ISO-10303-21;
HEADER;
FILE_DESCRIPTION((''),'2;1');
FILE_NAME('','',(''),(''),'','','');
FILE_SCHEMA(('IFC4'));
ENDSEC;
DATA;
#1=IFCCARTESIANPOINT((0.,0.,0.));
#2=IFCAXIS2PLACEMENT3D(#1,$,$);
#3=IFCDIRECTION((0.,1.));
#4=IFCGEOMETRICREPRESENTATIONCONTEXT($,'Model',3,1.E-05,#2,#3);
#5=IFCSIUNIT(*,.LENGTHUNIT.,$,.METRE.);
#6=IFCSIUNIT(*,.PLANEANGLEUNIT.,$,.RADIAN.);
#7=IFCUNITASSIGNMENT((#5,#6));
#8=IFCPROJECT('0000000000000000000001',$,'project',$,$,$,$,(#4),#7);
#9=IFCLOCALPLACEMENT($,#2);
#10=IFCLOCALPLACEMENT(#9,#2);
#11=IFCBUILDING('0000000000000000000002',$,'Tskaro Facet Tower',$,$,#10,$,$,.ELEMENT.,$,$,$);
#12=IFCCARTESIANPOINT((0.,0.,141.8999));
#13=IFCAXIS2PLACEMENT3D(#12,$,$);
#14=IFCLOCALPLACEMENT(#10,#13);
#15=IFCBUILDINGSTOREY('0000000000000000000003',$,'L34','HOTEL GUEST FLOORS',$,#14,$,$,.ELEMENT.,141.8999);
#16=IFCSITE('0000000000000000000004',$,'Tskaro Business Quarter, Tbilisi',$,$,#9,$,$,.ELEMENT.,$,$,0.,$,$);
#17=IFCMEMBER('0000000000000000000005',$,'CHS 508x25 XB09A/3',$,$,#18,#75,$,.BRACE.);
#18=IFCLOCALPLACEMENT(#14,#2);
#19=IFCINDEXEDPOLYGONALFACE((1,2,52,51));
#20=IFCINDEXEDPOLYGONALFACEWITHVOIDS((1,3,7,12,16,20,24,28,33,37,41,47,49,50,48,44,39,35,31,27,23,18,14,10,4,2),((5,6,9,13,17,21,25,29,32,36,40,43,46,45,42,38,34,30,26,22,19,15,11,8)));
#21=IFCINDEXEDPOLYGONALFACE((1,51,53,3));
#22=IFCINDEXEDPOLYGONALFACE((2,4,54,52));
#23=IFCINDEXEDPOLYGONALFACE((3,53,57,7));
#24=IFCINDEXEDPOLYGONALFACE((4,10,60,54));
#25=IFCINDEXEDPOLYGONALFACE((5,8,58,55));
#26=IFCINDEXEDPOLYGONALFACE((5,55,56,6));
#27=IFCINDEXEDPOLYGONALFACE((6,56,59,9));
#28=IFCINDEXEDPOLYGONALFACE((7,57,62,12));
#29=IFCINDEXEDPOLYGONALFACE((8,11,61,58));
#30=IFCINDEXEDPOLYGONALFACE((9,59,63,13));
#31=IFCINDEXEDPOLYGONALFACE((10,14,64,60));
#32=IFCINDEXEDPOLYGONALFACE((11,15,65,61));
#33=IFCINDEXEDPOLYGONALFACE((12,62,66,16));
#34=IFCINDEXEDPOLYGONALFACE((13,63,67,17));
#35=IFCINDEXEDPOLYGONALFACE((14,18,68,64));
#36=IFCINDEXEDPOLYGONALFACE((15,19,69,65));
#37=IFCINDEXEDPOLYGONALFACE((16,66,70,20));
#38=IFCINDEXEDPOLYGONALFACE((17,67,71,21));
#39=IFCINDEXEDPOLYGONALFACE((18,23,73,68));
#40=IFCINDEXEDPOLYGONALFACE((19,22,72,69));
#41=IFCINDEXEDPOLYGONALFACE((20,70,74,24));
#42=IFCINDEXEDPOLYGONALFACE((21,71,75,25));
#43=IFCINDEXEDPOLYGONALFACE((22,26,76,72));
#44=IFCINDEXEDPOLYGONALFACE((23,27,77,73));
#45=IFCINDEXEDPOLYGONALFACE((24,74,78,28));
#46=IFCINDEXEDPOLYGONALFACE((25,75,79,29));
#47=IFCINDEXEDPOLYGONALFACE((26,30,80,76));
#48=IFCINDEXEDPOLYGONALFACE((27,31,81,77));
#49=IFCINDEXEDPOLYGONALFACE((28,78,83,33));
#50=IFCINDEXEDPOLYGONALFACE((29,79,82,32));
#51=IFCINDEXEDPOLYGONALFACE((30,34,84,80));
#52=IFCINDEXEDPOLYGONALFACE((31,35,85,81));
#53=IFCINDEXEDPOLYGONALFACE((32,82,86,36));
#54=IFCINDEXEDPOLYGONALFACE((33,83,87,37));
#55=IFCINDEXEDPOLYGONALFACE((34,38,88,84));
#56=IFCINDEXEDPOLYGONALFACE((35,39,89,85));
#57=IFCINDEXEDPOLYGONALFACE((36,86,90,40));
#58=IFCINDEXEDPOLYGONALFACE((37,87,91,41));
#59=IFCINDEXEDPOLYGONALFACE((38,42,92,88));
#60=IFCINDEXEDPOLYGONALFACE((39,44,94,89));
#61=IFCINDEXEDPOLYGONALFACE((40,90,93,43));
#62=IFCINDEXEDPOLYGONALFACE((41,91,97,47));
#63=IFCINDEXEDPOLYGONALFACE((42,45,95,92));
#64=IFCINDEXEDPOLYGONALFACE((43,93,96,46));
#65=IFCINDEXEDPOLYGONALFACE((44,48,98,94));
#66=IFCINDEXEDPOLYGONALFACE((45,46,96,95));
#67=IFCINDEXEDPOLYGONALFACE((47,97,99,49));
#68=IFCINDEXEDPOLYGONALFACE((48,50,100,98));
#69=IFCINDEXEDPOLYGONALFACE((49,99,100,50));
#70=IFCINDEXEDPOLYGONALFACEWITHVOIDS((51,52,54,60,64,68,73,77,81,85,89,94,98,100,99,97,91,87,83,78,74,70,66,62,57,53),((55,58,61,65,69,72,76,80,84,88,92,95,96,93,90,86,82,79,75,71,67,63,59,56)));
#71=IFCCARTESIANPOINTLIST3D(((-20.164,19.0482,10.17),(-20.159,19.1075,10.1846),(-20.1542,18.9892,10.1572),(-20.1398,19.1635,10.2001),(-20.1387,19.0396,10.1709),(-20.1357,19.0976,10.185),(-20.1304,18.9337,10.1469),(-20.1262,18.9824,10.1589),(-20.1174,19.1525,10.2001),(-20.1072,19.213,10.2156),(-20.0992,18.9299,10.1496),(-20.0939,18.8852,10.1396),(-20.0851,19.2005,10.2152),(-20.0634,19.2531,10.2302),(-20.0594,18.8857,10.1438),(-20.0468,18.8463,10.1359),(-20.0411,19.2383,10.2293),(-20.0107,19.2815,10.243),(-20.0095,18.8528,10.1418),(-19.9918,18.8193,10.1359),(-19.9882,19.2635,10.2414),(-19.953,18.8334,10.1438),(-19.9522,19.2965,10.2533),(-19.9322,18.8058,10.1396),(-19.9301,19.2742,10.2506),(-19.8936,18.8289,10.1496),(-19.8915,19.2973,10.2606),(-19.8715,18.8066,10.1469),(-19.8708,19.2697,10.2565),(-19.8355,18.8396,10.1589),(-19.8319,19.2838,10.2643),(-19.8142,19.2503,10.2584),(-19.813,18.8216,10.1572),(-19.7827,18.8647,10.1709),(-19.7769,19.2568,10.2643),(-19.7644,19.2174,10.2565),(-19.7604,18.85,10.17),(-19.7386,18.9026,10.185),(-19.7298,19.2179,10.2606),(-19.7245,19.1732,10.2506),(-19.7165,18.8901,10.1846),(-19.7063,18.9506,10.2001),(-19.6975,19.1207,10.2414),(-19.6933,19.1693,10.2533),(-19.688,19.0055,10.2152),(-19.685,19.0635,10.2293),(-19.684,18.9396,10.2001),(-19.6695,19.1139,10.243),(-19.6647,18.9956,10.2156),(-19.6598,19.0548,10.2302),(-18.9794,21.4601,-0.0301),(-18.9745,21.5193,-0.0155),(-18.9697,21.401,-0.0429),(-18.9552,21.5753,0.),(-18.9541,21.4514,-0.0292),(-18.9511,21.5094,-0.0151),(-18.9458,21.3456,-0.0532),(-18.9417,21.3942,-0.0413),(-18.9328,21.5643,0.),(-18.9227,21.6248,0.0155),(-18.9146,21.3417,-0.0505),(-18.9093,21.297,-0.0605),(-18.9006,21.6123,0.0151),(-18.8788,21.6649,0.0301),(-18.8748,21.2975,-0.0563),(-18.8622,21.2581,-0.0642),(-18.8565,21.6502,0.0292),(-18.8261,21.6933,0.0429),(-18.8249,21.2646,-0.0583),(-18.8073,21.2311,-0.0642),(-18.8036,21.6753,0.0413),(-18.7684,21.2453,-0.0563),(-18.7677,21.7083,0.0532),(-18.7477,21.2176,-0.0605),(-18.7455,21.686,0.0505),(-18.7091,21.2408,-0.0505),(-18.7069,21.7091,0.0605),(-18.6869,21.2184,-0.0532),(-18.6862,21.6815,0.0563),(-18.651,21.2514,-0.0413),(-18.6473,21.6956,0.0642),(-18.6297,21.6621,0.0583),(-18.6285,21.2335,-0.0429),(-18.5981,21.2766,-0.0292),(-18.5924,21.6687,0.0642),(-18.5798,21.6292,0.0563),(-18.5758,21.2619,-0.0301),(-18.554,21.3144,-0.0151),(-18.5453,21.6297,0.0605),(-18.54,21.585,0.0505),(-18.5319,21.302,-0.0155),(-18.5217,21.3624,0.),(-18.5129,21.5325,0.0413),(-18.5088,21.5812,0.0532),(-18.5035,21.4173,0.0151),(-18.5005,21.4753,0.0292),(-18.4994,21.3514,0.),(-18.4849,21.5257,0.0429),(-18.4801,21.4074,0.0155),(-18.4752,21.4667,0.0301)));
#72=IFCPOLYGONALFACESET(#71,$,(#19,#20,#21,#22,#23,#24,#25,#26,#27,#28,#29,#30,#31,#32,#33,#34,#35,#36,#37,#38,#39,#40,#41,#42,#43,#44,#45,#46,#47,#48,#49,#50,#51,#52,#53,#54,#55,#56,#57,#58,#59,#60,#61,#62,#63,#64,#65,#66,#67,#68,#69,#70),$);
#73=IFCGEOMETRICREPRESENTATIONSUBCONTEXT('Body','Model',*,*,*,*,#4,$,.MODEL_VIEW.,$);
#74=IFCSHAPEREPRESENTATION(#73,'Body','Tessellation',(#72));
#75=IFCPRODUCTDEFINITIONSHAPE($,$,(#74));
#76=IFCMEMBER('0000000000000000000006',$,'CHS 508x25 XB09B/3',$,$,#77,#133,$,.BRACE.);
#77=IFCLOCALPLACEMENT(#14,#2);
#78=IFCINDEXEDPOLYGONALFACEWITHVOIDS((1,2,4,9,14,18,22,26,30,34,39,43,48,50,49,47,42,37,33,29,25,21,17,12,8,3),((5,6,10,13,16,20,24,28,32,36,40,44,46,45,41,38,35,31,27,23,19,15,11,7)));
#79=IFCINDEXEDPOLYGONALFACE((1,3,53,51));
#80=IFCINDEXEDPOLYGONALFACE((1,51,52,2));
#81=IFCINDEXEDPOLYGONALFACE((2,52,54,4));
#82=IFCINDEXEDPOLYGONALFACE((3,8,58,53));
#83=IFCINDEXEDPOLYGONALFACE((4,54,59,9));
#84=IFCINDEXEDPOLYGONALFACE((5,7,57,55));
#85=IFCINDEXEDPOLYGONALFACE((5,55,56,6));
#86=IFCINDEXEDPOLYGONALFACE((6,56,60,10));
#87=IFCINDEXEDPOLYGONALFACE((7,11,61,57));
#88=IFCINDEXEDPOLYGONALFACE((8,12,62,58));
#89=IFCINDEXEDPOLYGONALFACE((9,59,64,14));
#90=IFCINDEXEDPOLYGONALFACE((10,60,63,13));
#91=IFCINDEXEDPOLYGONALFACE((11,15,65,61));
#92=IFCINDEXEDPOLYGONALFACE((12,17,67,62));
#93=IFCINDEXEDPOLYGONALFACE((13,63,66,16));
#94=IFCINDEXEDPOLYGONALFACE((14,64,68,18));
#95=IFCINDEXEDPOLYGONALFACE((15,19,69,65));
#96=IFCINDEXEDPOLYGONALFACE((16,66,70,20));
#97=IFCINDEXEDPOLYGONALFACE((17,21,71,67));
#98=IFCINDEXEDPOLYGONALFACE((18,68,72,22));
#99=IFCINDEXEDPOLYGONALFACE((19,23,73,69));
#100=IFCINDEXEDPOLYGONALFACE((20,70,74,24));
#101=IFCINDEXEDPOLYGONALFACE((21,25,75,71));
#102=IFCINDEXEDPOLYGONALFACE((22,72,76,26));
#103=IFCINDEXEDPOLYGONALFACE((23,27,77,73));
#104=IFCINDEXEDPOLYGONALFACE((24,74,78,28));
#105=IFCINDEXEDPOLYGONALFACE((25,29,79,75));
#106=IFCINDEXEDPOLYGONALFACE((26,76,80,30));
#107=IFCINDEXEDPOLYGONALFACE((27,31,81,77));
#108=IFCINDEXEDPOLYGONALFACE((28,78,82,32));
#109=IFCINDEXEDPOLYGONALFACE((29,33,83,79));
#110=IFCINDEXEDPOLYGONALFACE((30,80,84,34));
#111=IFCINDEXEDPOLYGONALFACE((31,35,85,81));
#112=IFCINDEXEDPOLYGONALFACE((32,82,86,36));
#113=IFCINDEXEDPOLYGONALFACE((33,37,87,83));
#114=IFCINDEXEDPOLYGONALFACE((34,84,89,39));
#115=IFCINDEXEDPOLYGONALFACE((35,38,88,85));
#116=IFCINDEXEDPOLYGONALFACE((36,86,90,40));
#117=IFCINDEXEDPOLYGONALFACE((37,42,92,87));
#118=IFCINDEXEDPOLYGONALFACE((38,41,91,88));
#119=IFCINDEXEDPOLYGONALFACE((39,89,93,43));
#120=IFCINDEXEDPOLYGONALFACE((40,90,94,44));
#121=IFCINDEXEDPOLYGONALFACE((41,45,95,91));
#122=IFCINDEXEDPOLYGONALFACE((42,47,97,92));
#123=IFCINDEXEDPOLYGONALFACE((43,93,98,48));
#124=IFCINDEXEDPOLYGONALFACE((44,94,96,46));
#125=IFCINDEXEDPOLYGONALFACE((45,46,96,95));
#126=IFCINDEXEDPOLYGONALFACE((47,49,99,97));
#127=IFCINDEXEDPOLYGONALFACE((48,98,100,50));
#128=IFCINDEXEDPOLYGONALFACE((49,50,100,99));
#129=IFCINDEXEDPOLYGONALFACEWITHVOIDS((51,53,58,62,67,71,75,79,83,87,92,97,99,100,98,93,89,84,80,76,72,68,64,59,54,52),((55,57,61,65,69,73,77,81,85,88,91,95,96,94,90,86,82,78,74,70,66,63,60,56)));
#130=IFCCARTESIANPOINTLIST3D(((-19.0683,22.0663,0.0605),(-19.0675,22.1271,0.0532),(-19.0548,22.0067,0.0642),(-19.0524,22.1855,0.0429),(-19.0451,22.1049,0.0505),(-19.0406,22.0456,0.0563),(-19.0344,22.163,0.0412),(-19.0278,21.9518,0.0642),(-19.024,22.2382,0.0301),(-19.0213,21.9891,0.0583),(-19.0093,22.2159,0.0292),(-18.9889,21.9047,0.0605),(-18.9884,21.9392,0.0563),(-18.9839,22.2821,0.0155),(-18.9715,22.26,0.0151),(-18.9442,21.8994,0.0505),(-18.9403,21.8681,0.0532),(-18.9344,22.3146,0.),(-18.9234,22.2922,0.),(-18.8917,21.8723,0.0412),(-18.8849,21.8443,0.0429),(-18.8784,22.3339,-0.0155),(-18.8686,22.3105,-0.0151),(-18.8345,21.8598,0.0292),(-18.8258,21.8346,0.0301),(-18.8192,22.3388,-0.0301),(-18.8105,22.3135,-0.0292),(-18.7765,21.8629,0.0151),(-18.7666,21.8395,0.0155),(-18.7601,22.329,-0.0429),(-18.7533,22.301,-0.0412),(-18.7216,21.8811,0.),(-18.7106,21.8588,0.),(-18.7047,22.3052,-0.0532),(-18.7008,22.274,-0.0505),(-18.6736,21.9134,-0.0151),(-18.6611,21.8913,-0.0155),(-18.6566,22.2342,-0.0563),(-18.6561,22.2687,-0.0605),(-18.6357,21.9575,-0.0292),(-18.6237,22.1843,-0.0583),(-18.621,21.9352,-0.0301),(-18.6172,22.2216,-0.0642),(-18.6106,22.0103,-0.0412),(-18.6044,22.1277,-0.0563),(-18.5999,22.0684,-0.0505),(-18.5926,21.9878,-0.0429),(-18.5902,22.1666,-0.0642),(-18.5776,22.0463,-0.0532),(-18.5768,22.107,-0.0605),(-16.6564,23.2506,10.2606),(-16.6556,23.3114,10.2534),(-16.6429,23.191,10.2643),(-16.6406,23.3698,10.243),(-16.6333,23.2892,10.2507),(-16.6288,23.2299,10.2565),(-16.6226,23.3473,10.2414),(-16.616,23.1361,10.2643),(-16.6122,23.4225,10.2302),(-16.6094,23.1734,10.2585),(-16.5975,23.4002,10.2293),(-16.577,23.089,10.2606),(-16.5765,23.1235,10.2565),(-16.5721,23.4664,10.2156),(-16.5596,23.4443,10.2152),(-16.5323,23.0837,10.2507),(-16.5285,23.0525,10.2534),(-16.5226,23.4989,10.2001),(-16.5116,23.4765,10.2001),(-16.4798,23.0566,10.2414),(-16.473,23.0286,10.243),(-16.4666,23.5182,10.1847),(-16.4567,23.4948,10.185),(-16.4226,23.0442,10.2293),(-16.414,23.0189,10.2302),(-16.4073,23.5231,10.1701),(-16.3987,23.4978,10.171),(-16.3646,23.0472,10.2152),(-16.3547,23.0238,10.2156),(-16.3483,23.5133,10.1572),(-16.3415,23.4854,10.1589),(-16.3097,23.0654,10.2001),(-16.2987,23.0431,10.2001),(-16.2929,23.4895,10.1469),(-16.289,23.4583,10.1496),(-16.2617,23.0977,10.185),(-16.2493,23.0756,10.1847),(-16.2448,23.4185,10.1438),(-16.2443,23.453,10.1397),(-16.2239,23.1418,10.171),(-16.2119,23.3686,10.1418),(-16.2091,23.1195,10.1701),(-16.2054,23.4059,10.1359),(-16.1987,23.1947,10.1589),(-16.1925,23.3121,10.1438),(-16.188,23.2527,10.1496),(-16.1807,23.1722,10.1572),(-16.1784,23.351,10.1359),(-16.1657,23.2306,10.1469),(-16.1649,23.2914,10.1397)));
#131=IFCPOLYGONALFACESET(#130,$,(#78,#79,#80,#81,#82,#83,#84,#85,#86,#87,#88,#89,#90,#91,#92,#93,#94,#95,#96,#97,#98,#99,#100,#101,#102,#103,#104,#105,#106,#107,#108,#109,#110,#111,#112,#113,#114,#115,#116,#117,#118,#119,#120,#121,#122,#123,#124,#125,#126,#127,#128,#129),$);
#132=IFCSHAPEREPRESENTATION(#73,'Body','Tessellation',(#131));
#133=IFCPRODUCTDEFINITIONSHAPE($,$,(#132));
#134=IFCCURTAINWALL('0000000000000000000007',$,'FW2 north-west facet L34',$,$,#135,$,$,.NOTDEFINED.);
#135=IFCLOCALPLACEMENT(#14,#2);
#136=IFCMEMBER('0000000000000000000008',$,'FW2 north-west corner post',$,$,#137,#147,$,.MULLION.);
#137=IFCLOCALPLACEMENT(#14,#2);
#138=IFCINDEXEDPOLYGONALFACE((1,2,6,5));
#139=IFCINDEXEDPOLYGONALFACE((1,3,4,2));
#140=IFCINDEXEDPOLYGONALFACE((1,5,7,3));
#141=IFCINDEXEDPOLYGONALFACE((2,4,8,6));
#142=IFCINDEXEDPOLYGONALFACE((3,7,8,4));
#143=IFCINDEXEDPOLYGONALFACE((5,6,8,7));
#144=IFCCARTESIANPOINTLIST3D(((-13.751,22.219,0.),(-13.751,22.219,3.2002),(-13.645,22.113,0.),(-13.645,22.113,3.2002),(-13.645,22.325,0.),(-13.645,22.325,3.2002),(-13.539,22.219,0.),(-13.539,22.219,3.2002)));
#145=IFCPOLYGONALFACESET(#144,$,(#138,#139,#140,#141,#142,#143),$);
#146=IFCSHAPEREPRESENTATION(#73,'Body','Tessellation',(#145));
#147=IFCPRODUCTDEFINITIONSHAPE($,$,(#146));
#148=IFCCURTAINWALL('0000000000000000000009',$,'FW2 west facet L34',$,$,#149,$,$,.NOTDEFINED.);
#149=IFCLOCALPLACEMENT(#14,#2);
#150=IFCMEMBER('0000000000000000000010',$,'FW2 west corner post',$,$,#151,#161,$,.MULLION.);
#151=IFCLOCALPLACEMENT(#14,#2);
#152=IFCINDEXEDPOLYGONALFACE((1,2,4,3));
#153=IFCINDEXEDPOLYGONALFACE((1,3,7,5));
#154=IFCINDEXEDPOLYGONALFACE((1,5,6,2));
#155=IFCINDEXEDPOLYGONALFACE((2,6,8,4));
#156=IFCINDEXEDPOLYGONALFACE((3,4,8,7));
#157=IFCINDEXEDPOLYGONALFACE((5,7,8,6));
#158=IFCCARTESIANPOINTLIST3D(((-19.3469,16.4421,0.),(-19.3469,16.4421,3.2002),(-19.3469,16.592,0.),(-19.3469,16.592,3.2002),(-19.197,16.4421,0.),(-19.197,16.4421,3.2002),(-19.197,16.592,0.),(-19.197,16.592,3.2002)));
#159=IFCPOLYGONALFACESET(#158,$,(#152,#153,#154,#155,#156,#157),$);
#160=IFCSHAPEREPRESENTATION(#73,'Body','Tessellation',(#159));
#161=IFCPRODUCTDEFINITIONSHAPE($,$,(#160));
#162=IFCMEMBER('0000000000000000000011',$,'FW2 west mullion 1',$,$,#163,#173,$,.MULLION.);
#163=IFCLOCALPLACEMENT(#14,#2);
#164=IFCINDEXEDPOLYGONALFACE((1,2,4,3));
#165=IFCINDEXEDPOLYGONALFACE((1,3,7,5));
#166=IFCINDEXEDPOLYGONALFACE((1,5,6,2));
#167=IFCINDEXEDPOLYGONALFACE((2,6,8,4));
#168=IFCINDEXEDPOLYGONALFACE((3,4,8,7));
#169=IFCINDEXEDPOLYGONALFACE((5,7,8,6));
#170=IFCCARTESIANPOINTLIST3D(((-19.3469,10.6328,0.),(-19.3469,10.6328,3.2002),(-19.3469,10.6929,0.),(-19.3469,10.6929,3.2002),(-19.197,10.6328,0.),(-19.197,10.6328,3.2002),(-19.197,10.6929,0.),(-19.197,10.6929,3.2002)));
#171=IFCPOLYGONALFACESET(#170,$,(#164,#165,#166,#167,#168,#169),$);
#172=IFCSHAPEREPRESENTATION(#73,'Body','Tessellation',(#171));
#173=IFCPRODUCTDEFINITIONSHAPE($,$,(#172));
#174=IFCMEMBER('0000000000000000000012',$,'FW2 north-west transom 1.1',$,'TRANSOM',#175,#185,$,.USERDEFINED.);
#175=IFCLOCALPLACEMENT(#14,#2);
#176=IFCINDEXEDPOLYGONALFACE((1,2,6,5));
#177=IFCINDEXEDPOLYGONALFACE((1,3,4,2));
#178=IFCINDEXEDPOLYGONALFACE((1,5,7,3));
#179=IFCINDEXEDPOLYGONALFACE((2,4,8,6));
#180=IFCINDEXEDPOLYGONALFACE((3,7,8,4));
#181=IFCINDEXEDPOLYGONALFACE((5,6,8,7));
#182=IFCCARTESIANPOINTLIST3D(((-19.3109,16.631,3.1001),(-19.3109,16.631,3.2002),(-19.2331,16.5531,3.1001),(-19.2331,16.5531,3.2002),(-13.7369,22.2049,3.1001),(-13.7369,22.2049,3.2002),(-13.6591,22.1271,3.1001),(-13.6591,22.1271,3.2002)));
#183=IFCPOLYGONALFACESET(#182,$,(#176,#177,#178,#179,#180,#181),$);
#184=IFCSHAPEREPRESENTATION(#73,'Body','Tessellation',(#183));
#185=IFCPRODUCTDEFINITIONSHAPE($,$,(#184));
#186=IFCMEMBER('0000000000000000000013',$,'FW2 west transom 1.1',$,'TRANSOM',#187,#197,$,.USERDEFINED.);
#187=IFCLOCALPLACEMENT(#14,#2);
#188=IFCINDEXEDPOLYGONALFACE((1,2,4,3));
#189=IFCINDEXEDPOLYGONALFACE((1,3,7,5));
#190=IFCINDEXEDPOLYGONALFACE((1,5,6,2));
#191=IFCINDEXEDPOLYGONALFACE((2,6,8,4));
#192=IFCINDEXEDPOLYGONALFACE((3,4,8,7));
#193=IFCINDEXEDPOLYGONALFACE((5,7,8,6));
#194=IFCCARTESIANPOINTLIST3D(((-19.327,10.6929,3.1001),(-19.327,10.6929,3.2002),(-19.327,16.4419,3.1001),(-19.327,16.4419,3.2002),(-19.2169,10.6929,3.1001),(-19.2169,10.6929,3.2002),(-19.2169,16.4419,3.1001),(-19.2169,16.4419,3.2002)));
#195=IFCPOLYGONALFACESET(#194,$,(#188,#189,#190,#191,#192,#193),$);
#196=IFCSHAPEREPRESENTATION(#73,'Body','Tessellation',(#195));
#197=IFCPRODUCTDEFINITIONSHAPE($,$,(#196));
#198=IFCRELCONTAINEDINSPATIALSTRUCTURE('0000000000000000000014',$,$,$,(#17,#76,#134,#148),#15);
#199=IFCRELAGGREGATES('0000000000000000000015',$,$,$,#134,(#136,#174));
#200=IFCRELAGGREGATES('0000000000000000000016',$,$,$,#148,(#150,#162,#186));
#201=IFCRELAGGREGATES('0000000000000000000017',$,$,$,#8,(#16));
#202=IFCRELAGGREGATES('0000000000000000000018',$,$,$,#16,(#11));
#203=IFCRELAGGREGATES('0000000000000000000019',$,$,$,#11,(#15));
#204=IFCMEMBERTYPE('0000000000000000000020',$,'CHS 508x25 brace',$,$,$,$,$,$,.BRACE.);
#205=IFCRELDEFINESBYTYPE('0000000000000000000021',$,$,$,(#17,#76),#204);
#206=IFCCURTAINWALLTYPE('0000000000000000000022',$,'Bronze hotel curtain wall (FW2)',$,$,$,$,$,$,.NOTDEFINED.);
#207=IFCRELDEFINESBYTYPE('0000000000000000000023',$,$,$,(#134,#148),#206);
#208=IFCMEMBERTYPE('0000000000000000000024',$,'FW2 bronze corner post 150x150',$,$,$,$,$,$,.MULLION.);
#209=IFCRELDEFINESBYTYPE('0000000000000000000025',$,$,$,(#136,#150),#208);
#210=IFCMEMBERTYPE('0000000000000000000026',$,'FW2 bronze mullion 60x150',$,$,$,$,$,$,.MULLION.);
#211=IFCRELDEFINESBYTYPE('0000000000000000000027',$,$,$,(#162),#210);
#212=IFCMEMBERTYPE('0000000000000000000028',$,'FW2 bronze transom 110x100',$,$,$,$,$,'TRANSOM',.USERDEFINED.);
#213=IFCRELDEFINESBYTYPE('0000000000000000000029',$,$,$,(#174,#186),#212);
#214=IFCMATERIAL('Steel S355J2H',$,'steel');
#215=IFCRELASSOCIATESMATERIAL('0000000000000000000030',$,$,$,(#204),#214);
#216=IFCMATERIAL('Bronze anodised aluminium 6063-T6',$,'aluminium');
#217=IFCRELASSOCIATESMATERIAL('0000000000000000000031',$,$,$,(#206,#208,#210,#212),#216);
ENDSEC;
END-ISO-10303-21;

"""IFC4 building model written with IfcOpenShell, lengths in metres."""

from ifc_helpers import new_model, si_unit, direction, frame, origin, origin_2d, place, context, subcontext, project, spatial, rectangle, hollow_circle, extrude, material, material_profile, profile_set, type_object, element, aggregate, save


model = new_model("IFC4")

# Units and contexts
model_context = context("Model", 3, precision=1e-05, world=origin(), true_north=direction((0.0, 1.0)))
body_context = subcontext(model_context, "Body", "Model", "MODEL_VIEW")
ifc_project = project(units=[si_unit("LENGTHUNIT", "METRE"), si_unit("PLANEANGLEUNIT", "RADIAN")], contexts=[model_context])

# Site, building, storey
site_placement = place(None, origin())
site = spatial("IfcSite", under=ifc_project, at=site_placement, Name="Tskaro Business Quarter, Tbilisi", CompositionType="ELEMENT", RefElevation=0.0)
building_placement = place(site_placement, origin())
building = spatial("IfcBuilding", under=site, at=building_placement, Name="Tskaro Facet Tower", CompositionType="ELEMENT")
storey_placement = place(building_placement, frame((0.0, 0.0, 141.8999)))
storey = spatial("IfcBuildingStorey", under=building, at=storey_placement, Name="L34", Description="HOTEL GUEST FLOORS", CompositionType="ELEMENT", Elevation=141.8999)

# Shared definitions
ifc_material_1 = material(Name="Steel S355J2H", Category="steel")

# Members
ifc_material_profile_1 = material_profile(ifc_material_1, hollow_circle(Radius=0.2539, WallThickness=0.0249, at=origin_2d()), Name="CHS 508x25")
ifc_profile_set_1 = profile_set([ifc_material_profile_1], Name="Steel S355J2H")
member_type_1 = type_object("IfcMemberType", Name="CHS 508x25 brace", PredefinedType="BRACE", material=ifc_profile_set_1)
for number, where, z_axis, x_axis, name in (
    (1, (-18.7273, 21.4634, 0.0), (-0.112301, -0.228652, 0.967009), (0.897585, -0.440842, 0.0), "CHS 508x25 XB09A/3"),
    (2, (-18.8225, 22.0867, 0.0), (0.228653, 0.112278, 0.967012), (-0.440769, 0.897621, 0.0), "CHS 508x25 XB09B/3"),
):
    element("IfcMember", number, at=place(storey_placement, frame(where, z_axis=z_axis, x_axis=x_axis)), inside=storey, type_object=member_type_1, Name=name, PredefinedType="BRACE", context=body_context, shape_type="SweptSolid", body=[
        extrude(hollow_circle(Radius=0.2539, WallThickness=0.0249, at=origin_2d()), origin(), (0.0, 0.0, 1.0), 10.5481),
    ])

# Curtain wall, member
ifc_material_2 = material(Name="Bronze anodised aluminium 6063-T6", Category="aluminium")
curtain_wall_type = type_object("IfcCurtainWallType", Name="Bronze hotel curtain wall (FW2)", PredefinedType="NOTDEFINED", material=ifc_material_2)
curtain_wall_1_placement = place(storey_placement, origin())
curtain_wall_1 = element("IfcCurtainWall", 3, at=curtain_wall_1_placement, inside=storey, type_object=curtain_wall_type, Name="FW2 north-west facet L34", PredefinedType="NOTDEFINED")
ifc_material_profile_2 = material_profile(ifc_material_2, rectangle(XDim=0.1499, YDim=0.1499, at=origin_2d()), Name="Corner post 150x150")
ifc_profile_set_2 = profile_set([ifc_material_profile_2], Name="Bronze anodised aluminium 6063-T6")
member_type_2 = type_object("IfcMemberType", Name="FW2 bronze corner post 150x150", PredefinedType="MULLION", material=ifc_profile_set_2)
member_1_placement = place(storey_placement, frame((-13.645, 22.219, 0.0), z_axis=(0.0, 0.0, 1.0), x_axis=(-0.707107, -0.707107, 0.0)))
member_1 = element("IfcMember", 4, at=member_1_placement, type_object=member_type_2, Name="FW2 north-west corner post", PredefinedType="MULLION", context=body_context, shape_type="SweptSolid", body=[
    extrude(rectangle(XDim=0.1499, YDim=0.1499, at=origin_2d()), origin(), (0.0, 0.0, 1.0), 3.2002),
])

# Curtain wall, members
curtain_wall_2_placement = place(storey_placement, origin())
curtain_wall_2 = element("IfcCurtainWall", 5, at=curtain_wall_2_placement, inside=storey, type_object=curtain_wall_type, Name="FW2 west facet L34", PredefinedType="NOTDEFINED")
member_2_placement = place(storey_placement, frame((-19.272, 16.5171, 0.0), z_axis=(0.0, 0.0, 1.0), x_axis=(0.0, -1.0, 0.0)))
member_2 = element("IfcMember", 6, at=member_2_placement, type_object=member_type_2, Name="FW2 west corner post", PredefinedType="MULLION", context=body_context, shape_type="SweptSolid", body=[
    extrude(rectangle(XDim=0.1499, YDim=0.1499, at=origin_2d()), origin(), (0.0, 0.0, 1.0), 3.2002),
])
ifc_material_profile_3 = material_profile(ifc_material_2, rectangle(XDim=0.0601, YDim=0.1499, at=origin_2d()), Name="Mullion 60x150")
ifc_profile_set_3 = profile_set([ifc_material_profile_3], Name="Bronze anodised aluminium 6063-T6")
member_type_3 = type_object("IfcMemberType", Name="FW2 bronze mullion 60x150", PredefinedType="MULLION", material=ifc_profile_set_3)
member_3_placement = place(storey_placement, frame((-19.272, 10.6628, 0.0), z_axis=(0.0, 0.0, 1.0), x_axis=(0.0, -1.0, 0.0)))
member_3 = element("IfcMember", 7, at=member_3_placement, type_object=member_type_3, Name="FW2 west mullion 1", PredefinedType="MULLION", context=body_context, shape_type="SweptSolid", body=[
    extrude(rectangle(XDim=0.0601, YDim=0.1499, at=origin_2d()), origin(), (0.0, 0.0, 1.0), 3.2002),
])

# Members
ifc_material_profile_4 = material_profile(ifc_material_2, rectangle(XDim=0.1101, YDim=0.1001, at=origin_2d()), Name="Transom 110x100")
ifc_profile_set_4 = profile_set([ifc_material_profile_4], Name="Bronze anodised aluminium 6063-T6")
member_type_4 = type_object("IfcMemberType", Name="FW2 bronze transom 110x100", ElementType="TRANSOM", PredefinedType="USERDEFINED", material=ifc_profile_set_4)
member_4_placement = place(storey_placement, frame((-13.698, 22.166, 3.1501), z_axis=(-0.707107, -0.707107, 0.0), x_axis=(0.707107, -0.707107, 0.0)))
member_4 = element("IfcMember", 8, at=member_4_placement, type_object=member_type_4, Name="FW2 north-west transom 1.1", ObjectType="TRANSOM", PredefinedType="USERDEFINED", context=body_context, shape_type="SweptSolid", body=[
    extrude(rectangle(XDim=0.1101, YDim=0.1001, at=origin_2d()), origin(), (0.0, 0.0, 1.0), 7.8828),
])
member_5_placement = place(storey_placement, frame((-19.272, 16.4419, 3.1501), z_axis=(0.0, -1.0, 0.0), x_axis=(1.0, 0.0, 0.0)))
member_5 = element("IfcMember", 9, at=member_5_placement, type_object=member_type_4, Name="FW2 west transom 1.1", ObjectType="TRANSOM", PredefinedType="USERDEFINED", context=body_context, shape_type="SweptSolid", body=[
    extrude(rectangle(XDim=0.1101, YDim=0.1001, at=origin_2d()), origin(), (0.0, 0.0, 1.0), 5.749),
])

aggregate(curtain_wall_1, [member_1, member_4])
aggregate(curtain_wall_2, [member_2, member_3, member_5])

save(model, "model.ifc")
